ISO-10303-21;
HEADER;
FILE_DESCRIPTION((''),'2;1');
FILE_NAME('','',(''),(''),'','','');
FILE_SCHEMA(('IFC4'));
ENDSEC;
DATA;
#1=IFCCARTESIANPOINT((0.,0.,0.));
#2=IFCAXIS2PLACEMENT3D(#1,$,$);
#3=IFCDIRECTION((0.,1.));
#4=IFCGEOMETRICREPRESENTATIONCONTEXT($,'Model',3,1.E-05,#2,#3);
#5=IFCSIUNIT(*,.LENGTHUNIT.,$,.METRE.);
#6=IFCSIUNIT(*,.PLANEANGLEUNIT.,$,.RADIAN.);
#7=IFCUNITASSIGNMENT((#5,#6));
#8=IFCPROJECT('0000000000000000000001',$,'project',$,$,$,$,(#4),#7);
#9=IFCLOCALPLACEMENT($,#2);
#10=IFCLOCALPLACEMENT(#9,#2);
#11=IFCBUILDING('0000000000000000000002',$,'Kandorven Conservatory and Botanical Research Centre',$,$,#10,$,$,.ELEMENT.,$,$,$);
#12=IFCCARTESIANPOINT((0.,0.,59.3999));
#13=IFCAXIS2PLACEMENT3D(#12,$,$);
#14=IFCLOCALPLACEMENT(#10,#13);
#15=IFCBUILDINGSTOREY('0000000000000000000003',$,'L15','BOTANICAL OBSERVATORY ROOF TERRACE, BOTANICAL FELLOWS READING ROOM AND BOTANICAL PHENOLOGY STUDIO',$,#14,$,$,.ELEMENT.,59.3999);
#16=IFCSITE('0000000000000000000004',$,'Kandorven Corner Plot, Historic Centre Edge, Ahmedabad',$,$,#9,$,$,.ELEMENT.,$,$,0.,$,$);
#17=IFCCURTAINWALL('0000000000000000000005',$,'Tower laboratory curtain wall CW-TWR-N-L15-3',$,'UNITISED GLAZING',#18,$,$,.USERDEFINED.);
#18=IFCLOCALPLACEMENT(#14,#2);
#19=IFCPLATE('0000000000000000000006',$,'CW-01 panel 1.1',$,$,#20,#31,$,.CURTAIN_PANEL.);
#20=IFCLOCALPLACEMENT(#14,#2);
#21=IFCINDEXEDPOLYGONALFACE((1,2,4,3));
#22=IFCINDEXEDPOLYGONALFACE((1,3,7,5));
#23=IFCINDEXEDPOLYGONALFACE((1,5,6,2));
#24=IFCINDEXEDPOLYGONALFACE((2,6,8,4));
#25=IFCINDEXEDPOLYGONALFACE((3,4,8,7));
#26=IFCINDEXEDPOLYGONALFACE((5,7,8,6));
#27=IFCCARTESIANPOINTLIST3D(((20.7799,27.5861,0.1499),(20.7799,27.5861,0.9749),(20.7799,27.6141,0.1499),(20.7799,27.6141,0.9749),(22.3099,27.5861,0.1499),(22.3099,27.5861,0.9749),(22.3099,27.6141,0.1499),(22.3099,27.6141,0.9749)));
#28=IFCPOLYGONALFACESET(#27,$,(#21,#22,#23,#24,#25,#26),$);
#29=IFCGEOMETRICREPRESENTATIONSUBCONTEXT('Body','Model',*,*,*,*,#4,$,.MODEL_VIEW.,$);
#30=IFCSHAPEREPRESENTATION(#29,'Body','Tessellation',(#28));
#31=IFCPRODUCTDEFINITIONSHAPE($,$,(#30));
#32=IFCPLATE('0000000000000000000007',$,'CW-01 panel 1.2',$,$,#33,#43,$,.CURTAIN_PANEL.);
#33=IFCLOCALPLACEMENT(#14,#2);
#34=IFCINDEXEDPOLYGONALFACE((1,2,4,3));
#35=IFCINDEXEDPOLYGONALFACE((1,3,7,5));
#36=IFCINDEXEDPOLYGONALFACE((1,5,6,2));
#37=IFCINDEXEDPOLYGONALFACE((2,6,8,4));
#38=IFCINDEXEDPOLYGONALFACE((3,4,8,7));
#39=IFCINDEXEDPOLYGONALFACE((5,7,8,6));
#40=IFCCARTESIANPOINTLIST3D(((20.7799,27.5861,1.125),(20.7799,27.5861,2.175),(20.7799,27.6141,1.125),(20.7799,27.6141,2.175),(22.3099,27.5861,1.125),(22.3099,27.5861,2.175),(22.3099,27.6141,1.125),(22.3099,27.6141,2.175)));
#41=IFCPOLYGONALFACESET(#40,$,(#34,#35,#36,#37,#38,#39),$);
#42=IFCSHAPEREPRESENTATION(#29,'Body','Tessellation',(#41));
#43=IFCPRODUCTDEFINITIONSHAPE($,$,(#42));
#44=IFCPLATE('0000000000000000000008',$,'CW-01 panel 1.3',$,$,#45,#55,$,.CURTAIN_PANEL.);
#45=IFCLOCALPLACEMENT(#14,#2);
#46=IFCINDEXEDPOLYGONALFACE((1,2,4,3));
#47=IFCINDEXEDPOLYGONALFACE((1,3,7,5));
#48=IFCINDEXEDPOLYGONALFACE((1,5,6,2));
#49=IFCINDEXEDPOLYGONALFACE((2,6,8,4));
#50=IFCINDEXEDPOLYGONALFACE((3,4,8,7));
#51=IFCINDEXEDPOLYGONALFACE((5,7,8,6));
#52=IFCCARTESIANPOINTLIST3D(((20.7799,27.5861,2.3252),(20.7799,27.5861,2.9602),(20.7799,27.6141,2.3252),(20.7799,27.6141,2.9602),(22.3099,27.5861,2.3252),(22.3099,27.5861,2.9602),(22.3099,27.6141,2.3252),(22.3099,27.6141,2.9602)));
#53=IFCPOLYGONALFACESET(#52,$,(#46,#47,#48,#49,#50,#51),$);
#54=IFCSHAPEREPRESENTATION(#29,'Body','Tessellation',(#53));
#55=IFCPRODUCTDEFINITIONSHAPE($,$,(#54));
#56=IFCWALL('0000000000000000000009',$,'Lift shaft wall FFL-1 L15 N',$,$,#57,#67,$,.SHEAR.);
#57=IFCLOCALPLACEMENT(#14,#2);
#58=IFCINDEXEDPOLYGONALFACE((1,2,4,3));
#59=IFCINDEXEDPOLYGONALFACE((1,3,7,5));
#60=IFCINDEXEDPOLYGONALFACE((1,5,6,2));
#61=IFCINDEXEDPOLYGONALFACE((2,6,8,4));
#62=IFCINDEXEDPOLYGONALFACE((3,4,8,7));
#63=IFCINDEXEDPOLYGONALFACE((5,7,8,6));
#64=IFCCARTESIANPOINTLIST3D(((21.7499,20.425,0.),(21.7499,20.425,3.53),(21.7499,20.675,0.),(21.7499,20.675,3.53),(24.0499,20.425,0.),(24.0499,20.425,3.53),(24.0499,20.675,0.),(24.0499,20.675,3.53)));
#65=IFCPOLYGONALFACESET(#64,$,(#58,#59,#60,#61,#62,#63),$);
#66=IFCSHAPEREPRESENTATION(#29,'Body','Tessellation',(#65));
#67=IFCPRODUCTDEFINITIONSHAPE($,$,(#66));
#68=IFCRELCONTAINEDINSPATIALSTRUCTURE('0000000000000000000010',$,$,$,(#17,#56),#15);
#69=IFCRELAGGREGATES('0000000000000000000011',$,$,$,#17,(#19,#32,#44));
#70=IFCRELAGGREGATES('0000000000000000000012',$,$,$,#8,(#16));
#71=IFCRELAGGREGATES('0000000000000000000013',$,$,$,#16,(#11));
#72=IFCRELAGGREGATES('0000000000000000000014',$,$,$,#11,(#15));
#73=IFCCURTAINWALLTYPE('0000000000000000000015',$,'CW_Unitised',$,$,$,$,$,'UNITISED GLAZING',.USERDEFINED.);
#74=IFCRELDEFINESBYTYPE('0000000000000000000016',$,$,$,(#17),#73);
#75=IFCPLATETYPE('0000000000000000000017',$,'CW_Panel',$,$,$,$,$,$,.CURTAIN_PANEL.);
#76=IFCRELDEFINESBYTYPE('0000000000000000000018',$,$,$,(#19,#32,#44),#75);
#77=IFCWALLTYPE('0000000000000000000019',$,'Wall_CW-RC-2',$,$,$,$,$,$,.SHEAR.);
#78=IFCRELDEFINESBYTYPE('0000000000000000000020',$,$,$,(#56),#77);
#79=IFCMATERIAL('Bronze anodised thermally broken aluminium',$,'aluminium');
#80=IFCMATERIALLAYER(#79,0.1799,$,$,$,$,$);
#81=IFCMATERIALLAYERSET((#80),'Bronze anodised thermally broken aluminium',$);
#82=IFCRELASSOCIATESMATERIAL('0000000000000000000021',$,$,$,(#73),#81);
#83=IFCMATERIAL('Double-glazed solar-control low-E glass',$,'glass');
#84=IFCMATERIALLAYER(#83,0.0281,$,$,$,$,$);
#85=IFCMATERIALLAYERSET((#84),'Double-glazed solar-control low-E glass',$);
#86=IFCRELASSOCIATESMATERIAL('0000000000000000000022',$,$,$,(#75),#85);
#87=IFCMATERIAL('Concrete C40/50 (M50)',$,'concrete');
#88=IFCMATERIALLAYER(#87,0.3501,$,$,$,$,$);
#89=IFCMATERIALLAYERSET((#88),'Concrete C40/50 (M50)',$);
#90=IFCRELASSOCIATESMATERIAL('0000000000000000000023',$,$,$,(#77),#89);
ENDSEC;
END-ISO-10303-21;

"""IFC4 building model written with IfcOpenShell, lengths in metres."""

from ifc_helpers import new_model, si_unit, direction, frame, frame_2d, origin, origin_2d, place, context, subcontext, project, spatial, rectangle, extrude, material, layer, layer_set, type_object, element, aggregate, save


model = new_model("IFC4")

# Units and contexts
model_context = context("Model", 3, precision=1e-05, world=origin(), true_north=direction((0.0, 1.0)))
body_context = subcontext(model_context, "Body", "Model", "MODEL_VIEW")
ifc_project = project(units=[si_unit("LENGTHUNIT", "METRE"), si_unit("PLANEANGLEUNIT", "RADIAN")], contexts=[model_context])

# Site, building, storey
site_placement = place(None, origin())
site = spatial("IfcSite", under=ifc_project, at=site_placement, Name="Kandorven Corner Plot, Historic Centre Edge, Ahmedabad", CompositionType="ELEMENT", RefElevation=0.0)
building_placement = place(site_placement, origin())
building = spatial("IfcBuilding", under=site, at=building_placement, Name="Kandorven Conservatory and Botanical Research Centre", CompositionType="ELEMENT")
storey_placement = place(building_placement, frame((0.0, 0.0, 59.3999)))
storey = spatial("IfcBuildingStorey", under=building, at=storey_placement, Name="L15", Description="BOTANICAL OBSERVATORY ROOF TERRACE, BOTANICAL FELLOWS READING ROOM AND BOTANICAL PHENOLOGY STUDIO", CompositionType="ELEMENT", Elevation=59.3999)

# Curtain wall
ifc_material_1 = material(Name="Bronze anodised thermally broken aluminium", Category="aluminium")
ifc_layer_1 = layer(ifc_material_1, 0.1799)
ifc_layer_set_1 = layer_set([ifc_layer_1], Name="Bronze anodised thermally broken aluminium")
curtain_wall_type = type_object("IfcCurtainWallType", Name="CW_Unitised", ElementType="UNITISED GLAZING", PredefinedType="USERDEFINED", material=ifc_layer_set_1)
curtain_wall_1_placement = place(storey_placement, origin())
curtain_wall_1 = element("IfcCurtainWall", 1, at=curtain_wall_1_placement, inside=storey, type_object=curtain_wall_type, Name="Tower laboratory curtain wall CW-TWR-N-L15-3", ObjectType="UNITISED GLAZING", PredefinedType="USERDEFINED")

# Plates
ifc_material_2 = material(Name="Double-glazed solar-control low-E glass", Category="glass")
ifc_layer_2 = layer(ifc_material_2, 0.0281)
ifc_layer_set_2 = layer_set([ifc_layer_2], Name="Double-glazed solar-control low-E glass")
plate_type = type_object("IfcPlateType", Name="CW_Panel", PredefinedType="CURTAIN_PANEL", material=ifc_layer_set_2)
plate_1_placement = place(storey_placement, frame((21.5449, 27.6001, 0.1499), z_axis=(0.0, 0.0, 1.0), x_axis=(1.0, 0.0, 0.0)))
plate_1 = element("IfcPlate", 2, at=plate_1_placement, type_object=plate_type, Name="CW-01 panel 1.1", PredefinedType="CURTAIN_PANEL", context=body_context, shape_type="SweptSolid", body=[
    extrude(rectangle(XDim=1.53, YDim=0.0281, at=origin_2d()), origin(), (0.0, 0.0, 1.0), 0.825),
])
plate_2_placement = place(storey_placement, frame((21.5449, 27.6001, 1.125), z_axis=(0.0, 0.0, 1.0), x_axis=(1.0, 0.0, 0.0)))
plate_2 = element("IfcPlate", 3, at=plate_2_placement, type_object=plate_type, Name="CW-01 panel 1.2", PredefinedType="CURTAIN_PANEL", context=body_context, shape_type="SweptSolid", body=[
    extrude(rectangle(XDim=1.53, YDim=0.0281, at=origin_2d()), origin(), (0.0, 0.0, 1.0), 1.05),
])
plate_3_placement = place(storey_placement, frame((21.5449, 27.6001, 2.3252), z_axis=(0.0, 0.0, 1.0), x_axis=(1.0, 0.0, 0.0)))
plate_3 = element("IfcPlate", 4, at=plate_3_placement, type_object=plate_type, Name="CW-01 panel 1.3", PredefinedType="CURTAIN_PANEL", context=body_context, shape_type="SweptSolid", body=[
    extrude(rectangle(XDim=1.53, YDim=0.0281, at=origin_2d()), origin(), (0.0, 0.0, 1.0), 0.635),
])
aggregate(curtain_wall_1, [plate_1, plate_2, plate_3])

# Wall
ifc_material_3 = material(Name="Concrete C40/50 (M50)", Category="concrete")
ifc_layer_3 = layer(ifc_material_3, 0.3501)
ifc_layer_set_3 = layer_set([ifc_layer_3], Name="Concrete C40/50 (M50)")
wall_type = type_object("IfcWallType", Name="Wall_CW-RC-2", PredefinedType="SHEAR", material=ifc_layer_set_3)
wall_placement = place(storey_placement, frame((21.75, 20.55, 0.0), z_axis=(0.0, 0.0, 1.0), x_axis=(1.0, 0.0, 0.0)))
element("IfcWall", 5, at=wall_placement, inside=storey, type_object=wall_type, Name="Lift shaft wall FFL-1 L15 N", PredefinedType="SHEAR", context=body_context, shape_type="SweptSolid", body=[
    extrude(rectangle(XDim=2.3, YDim=0.25, at=frame_2d((1.1499, 0.0))), origin(), (0.0, 0.0, 1.0), 3.53),
])

save(model, "model.ifc")
